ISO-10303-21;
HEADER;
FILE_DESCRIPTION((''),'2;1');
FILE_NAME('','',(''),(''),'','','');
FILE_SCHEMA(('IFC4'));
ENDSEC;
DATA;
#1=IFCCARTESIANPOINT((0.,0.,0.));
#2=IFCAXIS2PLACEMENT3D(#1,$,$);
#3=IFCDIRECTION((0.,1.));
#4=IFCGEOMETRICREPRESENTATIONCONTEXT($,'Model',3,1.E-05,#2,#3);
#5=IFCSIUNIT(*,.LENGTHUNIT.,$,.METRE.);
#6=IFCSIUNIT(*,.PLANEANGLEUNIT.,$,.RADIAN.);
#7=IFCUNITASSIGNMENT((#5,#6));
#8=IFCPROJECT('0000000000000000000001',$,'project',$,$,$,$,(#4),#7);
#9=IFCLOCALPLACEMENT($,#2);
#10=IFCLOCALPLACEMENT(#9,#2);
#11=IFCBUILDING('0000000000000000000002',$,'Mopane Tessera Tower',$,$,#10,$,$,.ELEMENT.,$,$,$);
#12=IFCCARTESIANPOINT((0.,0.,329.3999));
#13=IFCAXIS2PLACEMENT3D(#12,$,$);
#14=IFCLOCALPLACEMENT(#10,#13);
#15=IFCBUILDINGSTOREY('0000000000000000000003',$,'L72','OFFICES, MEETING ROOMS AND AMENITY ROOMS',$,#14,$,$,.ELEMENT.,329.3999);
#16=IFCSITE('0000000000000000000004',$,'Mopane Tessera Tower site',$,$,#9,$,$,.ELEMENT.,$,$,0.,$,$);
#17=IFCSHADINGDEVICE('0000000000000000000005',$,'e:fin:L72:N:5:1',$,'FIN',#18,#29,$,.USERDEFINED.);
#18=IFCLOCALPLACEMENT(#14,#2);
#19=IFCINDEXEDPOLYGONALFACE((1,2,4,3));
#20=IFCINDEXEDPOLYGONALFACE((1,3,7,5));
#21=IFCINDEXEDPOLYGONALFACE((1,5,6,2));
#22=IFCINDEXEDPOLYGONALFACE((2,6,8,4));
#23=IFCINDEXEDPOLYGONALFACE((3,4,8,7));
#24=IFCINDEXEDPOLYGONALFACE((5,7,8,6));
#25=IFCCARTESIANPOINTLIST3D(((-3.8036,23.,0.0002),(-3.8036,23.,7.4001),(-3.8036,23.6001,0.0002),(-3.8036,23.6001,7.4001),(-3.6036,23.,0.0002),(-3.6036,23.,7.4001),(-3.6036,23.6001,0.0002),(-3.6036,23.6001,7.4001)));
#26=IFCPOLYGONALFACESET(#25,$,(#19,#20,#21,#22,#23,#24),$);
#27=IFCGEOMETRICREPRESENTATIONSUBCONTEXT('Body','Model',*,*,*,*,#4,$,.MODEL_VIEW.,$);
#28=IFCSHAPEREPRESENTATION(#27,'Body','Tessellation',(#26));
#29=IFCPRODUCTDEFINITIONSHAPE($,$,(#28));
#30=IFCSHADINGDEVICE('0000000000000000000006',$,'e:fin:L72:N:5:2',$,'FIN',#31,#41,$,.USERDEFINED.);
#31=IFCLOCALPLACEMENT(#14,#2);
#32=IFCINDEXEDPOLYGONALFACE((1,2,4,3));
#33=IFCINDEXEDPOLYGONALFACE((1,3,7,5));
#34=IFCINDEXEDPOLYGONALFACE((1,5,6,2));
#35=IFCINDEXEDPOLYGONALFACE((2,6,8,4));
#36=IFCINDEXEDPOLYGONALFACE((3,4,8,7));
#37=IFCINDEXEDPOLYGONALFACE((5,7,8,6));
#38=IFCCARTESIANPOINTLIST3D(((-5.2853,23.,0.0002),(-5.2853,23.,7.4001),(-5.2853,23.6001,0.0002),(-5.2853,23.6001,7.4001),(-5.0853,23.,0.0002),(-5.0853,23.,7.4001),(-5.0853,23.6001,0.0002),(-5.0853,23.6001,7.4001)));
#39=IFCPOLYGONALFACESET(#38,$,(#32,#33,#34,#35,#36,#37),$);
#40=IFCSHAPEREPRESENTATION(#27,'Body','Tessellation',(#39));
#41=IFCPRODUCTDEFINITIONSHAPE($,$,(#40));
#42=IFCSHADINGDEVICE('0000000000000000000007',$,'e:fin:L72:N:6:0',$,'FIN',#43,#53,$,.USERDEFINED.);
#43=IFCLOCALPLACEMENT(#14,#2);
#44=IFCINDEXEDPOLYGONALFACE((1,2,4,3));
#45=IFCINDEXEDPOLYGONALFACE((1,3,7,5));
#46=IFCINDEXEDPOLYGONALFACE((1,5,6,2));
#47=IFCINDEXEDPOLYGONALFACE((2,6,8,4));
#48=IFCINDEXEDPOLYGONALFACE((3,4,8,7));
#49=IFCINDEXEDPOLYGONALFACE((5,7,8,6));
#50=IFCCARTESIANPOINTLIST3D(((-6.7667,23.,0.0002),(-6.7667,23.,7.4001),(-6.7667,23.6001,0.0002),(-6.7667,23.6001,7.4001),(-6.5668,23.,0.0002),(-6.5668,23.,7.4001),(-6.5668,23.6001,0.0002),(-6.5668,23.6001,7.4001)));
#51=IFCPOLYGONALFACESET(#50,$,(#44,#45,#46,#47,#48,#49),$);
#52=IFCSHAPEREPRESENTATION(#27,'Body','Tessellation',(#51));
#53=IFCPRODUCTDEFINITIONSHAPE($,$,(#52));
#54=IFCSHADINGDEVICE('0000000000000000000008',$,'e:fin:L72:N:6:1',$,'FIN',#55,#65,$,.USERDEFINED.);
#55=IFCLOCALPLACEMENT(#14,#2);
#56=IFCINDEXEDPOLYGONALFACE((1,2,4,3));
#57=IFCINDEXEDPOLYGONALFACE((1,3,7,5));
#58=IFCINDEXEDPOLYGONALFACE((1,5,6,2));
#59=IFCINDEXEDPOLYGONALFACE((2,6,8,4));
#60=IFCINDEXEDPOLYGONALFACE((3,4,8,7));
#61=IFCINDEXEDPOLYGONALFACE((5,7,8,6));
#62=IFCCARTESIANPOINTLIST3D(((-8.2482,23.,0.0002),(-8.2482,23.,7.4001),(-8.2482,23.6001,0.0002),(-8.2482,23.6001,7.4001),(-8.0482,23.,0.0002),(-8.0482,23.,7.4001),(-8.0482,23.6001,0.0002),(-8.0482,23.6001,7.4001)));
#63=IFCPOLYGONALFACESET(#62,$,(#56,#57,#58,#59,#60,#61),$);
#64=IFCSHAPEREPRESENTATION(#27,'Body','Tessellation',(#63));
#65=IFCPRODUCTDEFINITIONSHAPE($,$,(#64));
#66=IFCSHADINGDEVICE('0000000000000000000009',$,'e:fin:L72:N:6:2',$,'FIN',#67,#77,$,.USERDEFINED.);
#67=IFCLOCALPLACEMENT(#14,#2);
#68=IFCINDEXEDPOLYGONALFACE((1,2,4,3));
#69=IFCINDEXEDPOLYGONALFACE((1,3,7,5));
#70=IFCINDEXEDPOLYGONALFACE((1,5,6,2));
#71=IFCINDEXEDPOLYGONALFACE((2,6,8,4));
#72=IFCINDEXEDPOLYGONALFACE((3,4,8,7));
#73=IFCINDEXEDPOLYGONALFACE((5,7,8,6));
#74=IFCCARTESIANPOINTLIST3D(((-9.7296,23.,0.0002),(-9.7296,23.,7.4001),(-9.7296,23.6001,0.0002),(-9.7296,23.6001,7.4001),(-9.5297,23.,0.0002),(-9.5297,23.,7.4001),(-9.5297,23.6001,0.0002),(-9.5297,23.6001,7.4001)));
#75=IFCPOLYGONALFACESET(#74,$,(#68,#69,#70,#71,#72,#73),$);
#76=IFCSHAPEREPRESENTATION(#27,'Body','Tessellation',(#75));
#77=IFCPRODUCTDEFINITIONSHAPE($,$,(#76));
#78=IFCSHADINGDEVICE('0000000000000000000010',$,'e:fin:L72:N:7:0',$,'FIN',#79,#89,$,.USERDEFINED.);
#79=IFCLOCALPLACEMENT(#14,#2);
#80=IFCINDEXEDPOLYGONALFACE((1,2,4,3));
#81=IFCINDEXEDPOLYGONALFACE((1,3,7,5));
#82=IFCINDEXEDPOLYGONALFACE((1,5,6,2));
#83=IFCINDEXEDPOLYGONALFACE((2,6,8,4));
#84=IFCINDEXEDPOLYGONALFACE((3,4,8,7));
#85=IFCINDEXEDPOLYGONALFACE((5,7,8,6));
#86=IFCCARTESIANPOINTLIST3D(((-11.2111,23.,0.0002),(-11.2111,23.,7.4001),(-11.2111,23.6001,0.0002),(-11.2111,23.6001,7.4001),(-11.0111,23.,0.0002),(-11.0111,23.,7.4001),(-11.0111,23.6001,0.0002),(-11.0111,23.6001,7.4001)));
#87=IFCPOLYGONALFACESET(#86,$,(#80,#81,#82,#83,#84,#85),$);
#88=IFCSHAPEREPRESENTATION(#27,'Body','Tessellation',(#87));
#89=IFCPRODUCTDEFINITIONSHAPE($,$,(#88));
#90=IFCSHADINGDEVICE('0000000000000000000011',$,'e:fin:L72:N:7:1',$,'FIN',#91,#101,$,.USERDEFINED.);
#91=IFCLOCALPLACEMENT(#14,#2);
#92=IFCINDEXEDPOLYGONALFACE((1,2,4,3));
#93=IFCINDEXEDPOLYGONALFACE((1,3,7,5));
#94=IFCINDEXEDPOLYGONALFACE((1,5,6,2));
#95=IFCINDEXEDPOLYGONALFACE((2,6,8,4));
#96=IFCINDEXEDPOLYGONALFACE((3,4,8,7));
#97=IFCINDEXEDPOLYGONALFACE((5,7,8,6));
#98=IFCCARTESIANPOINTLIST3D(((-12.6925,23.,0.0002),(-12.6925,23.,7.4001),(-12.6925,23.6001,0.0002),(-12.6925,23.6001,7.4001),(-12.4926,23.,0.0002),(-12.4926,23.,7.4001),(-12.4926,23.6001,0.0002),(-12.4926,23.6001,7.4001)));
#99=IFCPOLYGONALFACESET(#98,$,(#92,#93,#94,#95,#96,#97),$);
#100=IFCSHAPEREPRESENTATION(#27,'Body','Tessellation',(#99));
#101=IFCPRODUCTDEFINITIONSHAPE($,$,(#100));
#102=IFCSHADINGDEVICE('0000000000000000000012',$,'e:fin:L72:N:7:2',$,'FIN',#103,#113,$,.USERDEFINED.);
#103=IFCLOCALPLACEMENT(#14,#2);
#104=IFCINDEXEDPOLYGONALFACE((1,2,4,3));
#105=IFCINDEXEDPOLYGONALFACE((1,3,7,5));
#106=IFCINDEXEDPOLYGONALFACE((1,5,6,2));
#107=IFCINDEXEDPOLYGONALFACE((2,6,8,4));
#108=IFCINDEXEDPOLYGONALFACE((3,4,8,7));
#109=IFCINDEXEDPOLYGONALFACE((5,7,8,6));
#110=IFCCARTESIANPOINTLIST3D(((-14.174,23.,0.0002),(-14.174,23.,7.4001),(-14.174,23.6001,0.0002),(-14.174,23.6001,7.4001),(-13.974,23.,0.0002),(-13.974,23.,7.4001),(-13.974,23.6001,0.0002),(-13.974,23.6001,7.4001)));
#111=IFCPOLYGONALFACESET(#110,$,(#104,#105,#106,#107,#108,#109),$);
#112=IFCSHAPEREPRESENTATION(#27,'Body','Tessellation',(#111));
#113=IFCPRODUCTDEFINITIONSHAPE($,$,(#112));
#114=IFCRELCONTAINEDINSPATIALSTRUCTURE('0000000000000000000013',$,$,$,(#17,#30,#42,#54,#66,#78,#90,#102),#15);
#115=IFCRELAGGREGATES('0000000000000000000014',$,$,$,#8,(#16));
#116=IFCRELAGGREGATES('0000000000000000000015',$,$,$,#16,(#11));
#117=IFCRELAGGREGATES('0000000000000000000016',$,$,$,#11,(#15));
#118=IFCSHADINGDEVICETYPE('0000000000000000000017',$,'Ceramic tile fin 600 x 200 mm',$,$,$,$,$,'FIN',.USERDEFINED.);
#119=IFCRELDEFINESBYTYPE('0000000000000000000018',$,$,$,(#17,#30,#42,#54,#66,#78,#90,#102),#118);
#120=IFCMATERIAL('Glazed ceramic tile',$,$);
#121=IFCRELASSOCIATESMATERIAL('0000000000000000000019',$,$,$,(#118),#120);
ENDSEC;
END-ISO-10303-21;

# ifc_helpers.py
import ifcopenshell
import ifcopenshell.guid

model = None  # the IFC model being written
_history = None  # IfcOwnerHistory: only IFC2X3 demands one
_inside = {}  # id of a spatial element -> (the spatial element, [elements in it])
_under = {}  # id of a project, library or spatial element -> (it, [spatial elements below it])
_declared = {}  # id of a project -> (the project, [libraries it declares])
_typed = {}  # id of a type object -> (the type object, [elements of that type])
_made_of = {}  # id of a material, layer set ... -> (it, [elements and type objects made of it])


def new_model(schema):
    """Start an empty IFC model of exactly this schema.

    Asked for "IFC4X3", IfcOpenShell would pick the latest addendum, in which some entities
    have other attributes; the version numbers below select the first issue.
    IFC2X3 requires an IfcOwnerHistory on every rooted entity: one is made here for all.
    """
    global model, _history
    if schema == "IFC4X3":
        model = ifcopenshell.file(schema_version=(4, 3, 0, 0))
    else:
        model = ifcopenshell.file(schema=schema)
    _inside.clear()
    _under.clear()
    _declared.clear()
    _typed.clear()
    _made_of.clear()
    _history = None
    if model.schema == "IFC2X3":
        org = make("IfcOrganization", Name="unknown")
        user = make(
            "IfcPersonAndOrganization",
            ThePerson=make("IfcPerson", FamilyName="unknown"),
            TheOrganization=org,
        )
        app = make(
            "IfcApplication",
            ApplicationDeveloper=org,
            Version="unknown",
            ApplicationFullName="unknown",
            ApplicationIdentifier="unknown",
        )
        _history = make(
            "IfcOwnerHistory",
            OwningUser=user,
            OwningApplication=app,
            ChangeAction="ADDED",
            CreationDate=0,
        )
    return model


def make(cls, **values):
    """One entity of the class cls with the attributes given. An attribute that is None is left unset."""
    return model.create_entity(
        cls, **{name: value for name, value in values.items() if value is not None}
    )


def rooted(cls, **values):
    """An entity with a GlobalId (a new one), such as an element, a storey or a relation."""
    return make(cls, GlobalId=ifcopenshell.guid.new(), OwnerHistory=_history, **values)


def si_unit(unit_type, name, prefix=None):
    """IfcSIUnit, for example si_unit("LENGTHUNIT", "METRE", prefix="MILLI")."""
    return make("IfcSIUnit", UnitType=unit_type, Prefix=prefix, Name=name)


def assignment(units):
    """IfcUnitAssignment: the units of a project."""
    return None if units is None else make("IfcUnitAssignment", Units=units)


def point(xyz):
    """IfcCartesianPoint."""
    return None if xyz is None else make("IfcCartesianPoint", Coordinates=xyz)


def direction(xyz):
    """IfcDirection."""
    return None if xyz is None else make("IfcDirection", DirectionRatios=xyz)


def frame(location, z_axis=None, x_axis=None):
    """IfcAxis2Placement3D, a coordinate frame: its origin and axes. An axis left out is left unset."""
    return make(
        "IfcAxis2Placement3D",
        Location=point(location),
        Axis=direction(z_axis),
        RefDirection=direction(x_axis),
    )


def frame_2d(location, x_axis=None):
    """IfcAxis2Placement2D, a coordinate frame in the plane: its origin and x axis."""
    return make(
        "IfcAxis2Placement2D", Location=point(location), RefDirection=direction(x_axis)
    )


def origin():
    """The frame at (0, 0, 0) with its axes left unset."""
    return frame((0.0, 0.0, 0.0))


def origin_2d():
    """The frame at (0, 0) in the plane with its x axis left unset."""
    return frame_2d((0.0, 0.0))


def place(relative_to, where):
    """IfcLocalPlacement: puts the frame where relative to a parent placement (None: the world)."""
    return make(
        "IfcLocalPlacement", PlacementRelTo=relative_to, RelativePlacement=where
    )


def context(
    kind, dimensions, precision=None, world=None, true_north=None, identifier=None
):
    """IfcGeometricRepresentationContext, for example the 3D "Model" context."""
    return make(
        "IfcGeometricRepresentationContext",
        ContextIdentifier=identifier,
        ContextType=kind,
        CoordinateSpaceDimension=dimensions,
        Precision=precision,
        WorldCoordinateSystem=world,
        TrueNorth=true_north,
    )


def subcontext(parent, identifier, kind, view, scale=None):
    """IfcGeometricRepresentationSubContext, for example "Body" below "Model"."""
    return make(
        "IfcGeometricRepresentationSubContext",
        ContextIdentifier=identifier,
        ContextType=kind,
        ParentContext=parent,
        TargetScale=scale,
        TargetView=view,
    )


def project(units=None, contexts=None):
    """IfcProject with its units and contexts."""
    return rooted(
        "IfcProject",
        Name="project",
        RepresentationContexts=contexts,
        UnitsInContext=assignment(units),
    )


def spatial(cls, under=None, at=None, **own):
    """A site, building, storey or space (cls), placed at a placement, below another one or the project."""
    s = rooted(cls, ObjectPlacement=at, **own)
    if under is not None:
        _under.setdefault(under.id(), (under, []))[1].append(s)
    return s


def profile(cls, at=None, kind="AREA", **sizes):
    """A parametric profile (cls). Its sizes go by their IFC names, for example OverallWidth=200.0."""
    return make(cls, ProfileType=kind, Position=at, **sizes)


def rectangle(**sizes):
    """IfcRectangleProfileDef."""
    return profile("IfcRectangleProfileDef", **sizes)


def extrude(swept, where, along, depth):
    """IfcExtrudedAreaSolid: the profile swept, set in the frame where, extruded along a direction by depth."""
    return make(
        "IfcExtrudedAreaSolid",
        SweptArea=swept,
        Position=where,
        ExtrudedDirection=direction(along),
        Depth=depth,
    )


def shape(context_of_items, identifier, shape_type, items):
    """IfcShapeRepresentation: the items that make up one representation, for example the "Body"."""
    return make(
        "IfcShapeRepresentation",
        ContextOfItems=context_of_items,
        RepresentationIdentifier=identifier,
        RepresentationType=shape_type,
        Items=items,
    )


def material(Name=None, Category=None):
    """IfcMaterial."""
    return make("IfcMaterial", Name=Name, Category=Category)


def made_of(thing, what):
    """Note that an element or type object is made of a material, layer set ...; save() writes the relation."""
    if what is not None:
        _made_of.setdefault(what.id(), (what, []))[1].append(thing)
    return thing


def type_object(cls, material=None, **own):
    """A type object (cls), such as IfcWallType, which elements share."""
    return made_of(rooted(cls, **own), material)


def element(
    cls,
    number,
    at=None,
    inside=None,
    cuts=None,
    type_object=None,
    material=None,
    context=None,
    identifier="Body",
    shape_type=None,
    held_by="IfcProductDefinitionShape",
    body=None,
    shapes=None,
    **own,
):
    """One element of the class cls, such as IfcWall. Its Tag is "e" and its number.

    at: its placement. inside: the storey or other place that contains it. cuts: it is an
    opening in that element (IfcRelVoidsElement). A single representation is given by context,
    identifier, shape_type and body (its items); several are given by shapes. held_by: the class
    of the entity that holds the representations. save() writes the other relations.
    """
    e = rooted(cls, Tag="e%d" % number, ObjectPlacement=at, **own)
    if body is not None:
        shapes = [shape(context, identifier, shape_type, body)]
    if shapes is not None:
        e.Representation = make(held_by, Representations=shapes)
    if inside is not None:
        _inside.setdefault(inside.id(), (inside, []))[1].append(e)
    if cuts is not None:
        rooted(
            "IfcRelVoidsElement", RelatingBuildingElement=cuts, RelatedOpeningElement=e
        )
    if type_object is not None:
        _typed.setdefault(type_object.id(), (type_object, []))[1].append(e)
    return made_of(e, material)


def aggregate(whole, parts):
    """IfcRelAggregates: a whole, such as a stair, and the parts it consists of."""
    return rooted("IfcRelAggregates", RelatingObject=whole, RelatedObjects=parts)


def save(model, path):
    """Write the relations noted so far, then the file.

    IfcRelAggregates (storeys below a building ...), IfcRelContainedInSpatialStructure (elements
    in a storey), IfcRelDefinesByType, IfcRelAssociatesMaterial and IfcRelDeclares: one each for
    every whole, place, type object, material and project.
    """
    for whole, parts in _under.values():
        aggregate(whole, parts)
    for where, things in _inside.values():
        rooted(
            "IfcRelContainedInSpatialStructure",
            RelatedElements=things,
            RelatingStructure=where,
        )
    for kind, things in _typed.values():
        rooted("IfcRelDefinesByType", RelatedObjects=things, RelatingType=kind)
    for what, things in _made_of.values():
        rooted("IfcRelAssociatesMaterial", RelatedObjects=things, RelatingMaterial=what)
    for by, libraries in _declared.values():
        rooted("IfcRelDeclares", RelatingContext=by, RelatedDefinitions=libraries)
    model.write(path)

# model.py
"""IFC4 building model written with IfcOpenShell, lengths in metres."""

from ifc_helpers import new_model, si_unit, direction, frame, origin, origin_2d, place, context, subcontext, project, spatial, rectangle, extrude, material, type_object, element, save


model = new_model("IFC4")

# Units and contexts
model_context = context("Model", 3, precision=1e-05, world=origin(), true_north=direction((0.0, 1.0)))
body_context = subcontext(model_context, "Body", "Model", "MODEL_VIEW")
ifc_project = project(units=[si_unit("LENGTHUNIT", "METRE"), si_unit("PLANEANGLEUNIT", "RADIAN")], contexts=[model_context])

# Site, building, storey
site_placement = place(None, origin())
site = spatial("IfcSite", under=ifc_project, at=site_placement, Name="Mopane Tessera Tower site", CompositionType="ELEMENT", RefElevation=0.0)
building_placement = place(site_placement, origin())
building = spatial("IfcBuilding", under=site, at=building_placement, Name="Mopane Tessera Tower", CompositionType="ELEMENT")
storey_placement = place(building_placement, frame((0.0, 0.0, 329.3999)))
storey = spatial("IfcBuildingStorey", under=building, at=storey_placement, Name="L72", Description="OFFICES, MEETING ROOMS AND AMENITY ROOMS", CompositionType="ELEMENT", Elevation=329.3999)

# Shading devices
ifc_material_1 = material(Name="Glazed ceramic tile")
shading_device_type = type_object("IfcShadingDeviceType", Name="Ceramic tile fin 600 x 200 mm", ElementType="FIN", PredefinedType="USERDEFINED", material=ifc_material_1)
for number, where, z_axis, x_axis, name in (
    (1, (-3.7036, 23.3, 0.0002), (0.0, 0.0, 1.0), (-1.0, 0.0, 0.0), "e:fin:L72:N:5:1"),
    (2, (-5.1853, 23.3, 0.0002), (0.0, 0.0, 1.0), (-1.0, 0.0, 0.0), "e:fin:L72:N:5:2"),
    (3, (-6.6667, 23.3, 0.0002), (0.0, 0.0, 1.0), (-1.0, 0.0, 0.0), "e:fin:L72:N:6:0"),
    (4, (-8.1482, 23.3, 0.0002), (0.0, 0.0, 1.0), (-1.0, 0.0, 0.0), "e:fin:L72:N:6:1"),
    (5, (-9.6296, 23.3, 0.0002), (0.0, 0.0, 1.0), (-1.0, 0.0, 0.0), "e:fin:L72:N:6:2"),
    (6, (-11.1111, 23.3, 0.0002), (0.0, 0.0, 1.0), (-1.0, 0.0, 0.0), "e:fin:L72:N:7:0"),
    (7, (-12.5925, 23.3, 0.0002), (0.0, 0.0, 1.0), (-1.0, 0.0, 0.0), "e:fin:L72:N:7:1"),
    (8, (-14.074, 23.3, 0.0002), (0.0, 0.0, 1.0), (-1.0, 0.0, 0.0), "e:fin:L72:N:7:2"),
):
    element("IfcShadingDevice", number, at=place(storey_placement, frame(where, z_axis=z_axis, x_axis=x_axis)), inside=storey, type_object=shading_device_type, Name=name, ObjectType="FIN", PredefinedType="USERDEFINED", context=body_context, shape_type="SweptSolid", body=[
        extrude(rectangle(XDim=0.2, YDim=0.6001, at=origin_2d()), origin(), (0.0, 0.0, 1.0), 7.3999),
    ])

save(model, "model.ifc")
